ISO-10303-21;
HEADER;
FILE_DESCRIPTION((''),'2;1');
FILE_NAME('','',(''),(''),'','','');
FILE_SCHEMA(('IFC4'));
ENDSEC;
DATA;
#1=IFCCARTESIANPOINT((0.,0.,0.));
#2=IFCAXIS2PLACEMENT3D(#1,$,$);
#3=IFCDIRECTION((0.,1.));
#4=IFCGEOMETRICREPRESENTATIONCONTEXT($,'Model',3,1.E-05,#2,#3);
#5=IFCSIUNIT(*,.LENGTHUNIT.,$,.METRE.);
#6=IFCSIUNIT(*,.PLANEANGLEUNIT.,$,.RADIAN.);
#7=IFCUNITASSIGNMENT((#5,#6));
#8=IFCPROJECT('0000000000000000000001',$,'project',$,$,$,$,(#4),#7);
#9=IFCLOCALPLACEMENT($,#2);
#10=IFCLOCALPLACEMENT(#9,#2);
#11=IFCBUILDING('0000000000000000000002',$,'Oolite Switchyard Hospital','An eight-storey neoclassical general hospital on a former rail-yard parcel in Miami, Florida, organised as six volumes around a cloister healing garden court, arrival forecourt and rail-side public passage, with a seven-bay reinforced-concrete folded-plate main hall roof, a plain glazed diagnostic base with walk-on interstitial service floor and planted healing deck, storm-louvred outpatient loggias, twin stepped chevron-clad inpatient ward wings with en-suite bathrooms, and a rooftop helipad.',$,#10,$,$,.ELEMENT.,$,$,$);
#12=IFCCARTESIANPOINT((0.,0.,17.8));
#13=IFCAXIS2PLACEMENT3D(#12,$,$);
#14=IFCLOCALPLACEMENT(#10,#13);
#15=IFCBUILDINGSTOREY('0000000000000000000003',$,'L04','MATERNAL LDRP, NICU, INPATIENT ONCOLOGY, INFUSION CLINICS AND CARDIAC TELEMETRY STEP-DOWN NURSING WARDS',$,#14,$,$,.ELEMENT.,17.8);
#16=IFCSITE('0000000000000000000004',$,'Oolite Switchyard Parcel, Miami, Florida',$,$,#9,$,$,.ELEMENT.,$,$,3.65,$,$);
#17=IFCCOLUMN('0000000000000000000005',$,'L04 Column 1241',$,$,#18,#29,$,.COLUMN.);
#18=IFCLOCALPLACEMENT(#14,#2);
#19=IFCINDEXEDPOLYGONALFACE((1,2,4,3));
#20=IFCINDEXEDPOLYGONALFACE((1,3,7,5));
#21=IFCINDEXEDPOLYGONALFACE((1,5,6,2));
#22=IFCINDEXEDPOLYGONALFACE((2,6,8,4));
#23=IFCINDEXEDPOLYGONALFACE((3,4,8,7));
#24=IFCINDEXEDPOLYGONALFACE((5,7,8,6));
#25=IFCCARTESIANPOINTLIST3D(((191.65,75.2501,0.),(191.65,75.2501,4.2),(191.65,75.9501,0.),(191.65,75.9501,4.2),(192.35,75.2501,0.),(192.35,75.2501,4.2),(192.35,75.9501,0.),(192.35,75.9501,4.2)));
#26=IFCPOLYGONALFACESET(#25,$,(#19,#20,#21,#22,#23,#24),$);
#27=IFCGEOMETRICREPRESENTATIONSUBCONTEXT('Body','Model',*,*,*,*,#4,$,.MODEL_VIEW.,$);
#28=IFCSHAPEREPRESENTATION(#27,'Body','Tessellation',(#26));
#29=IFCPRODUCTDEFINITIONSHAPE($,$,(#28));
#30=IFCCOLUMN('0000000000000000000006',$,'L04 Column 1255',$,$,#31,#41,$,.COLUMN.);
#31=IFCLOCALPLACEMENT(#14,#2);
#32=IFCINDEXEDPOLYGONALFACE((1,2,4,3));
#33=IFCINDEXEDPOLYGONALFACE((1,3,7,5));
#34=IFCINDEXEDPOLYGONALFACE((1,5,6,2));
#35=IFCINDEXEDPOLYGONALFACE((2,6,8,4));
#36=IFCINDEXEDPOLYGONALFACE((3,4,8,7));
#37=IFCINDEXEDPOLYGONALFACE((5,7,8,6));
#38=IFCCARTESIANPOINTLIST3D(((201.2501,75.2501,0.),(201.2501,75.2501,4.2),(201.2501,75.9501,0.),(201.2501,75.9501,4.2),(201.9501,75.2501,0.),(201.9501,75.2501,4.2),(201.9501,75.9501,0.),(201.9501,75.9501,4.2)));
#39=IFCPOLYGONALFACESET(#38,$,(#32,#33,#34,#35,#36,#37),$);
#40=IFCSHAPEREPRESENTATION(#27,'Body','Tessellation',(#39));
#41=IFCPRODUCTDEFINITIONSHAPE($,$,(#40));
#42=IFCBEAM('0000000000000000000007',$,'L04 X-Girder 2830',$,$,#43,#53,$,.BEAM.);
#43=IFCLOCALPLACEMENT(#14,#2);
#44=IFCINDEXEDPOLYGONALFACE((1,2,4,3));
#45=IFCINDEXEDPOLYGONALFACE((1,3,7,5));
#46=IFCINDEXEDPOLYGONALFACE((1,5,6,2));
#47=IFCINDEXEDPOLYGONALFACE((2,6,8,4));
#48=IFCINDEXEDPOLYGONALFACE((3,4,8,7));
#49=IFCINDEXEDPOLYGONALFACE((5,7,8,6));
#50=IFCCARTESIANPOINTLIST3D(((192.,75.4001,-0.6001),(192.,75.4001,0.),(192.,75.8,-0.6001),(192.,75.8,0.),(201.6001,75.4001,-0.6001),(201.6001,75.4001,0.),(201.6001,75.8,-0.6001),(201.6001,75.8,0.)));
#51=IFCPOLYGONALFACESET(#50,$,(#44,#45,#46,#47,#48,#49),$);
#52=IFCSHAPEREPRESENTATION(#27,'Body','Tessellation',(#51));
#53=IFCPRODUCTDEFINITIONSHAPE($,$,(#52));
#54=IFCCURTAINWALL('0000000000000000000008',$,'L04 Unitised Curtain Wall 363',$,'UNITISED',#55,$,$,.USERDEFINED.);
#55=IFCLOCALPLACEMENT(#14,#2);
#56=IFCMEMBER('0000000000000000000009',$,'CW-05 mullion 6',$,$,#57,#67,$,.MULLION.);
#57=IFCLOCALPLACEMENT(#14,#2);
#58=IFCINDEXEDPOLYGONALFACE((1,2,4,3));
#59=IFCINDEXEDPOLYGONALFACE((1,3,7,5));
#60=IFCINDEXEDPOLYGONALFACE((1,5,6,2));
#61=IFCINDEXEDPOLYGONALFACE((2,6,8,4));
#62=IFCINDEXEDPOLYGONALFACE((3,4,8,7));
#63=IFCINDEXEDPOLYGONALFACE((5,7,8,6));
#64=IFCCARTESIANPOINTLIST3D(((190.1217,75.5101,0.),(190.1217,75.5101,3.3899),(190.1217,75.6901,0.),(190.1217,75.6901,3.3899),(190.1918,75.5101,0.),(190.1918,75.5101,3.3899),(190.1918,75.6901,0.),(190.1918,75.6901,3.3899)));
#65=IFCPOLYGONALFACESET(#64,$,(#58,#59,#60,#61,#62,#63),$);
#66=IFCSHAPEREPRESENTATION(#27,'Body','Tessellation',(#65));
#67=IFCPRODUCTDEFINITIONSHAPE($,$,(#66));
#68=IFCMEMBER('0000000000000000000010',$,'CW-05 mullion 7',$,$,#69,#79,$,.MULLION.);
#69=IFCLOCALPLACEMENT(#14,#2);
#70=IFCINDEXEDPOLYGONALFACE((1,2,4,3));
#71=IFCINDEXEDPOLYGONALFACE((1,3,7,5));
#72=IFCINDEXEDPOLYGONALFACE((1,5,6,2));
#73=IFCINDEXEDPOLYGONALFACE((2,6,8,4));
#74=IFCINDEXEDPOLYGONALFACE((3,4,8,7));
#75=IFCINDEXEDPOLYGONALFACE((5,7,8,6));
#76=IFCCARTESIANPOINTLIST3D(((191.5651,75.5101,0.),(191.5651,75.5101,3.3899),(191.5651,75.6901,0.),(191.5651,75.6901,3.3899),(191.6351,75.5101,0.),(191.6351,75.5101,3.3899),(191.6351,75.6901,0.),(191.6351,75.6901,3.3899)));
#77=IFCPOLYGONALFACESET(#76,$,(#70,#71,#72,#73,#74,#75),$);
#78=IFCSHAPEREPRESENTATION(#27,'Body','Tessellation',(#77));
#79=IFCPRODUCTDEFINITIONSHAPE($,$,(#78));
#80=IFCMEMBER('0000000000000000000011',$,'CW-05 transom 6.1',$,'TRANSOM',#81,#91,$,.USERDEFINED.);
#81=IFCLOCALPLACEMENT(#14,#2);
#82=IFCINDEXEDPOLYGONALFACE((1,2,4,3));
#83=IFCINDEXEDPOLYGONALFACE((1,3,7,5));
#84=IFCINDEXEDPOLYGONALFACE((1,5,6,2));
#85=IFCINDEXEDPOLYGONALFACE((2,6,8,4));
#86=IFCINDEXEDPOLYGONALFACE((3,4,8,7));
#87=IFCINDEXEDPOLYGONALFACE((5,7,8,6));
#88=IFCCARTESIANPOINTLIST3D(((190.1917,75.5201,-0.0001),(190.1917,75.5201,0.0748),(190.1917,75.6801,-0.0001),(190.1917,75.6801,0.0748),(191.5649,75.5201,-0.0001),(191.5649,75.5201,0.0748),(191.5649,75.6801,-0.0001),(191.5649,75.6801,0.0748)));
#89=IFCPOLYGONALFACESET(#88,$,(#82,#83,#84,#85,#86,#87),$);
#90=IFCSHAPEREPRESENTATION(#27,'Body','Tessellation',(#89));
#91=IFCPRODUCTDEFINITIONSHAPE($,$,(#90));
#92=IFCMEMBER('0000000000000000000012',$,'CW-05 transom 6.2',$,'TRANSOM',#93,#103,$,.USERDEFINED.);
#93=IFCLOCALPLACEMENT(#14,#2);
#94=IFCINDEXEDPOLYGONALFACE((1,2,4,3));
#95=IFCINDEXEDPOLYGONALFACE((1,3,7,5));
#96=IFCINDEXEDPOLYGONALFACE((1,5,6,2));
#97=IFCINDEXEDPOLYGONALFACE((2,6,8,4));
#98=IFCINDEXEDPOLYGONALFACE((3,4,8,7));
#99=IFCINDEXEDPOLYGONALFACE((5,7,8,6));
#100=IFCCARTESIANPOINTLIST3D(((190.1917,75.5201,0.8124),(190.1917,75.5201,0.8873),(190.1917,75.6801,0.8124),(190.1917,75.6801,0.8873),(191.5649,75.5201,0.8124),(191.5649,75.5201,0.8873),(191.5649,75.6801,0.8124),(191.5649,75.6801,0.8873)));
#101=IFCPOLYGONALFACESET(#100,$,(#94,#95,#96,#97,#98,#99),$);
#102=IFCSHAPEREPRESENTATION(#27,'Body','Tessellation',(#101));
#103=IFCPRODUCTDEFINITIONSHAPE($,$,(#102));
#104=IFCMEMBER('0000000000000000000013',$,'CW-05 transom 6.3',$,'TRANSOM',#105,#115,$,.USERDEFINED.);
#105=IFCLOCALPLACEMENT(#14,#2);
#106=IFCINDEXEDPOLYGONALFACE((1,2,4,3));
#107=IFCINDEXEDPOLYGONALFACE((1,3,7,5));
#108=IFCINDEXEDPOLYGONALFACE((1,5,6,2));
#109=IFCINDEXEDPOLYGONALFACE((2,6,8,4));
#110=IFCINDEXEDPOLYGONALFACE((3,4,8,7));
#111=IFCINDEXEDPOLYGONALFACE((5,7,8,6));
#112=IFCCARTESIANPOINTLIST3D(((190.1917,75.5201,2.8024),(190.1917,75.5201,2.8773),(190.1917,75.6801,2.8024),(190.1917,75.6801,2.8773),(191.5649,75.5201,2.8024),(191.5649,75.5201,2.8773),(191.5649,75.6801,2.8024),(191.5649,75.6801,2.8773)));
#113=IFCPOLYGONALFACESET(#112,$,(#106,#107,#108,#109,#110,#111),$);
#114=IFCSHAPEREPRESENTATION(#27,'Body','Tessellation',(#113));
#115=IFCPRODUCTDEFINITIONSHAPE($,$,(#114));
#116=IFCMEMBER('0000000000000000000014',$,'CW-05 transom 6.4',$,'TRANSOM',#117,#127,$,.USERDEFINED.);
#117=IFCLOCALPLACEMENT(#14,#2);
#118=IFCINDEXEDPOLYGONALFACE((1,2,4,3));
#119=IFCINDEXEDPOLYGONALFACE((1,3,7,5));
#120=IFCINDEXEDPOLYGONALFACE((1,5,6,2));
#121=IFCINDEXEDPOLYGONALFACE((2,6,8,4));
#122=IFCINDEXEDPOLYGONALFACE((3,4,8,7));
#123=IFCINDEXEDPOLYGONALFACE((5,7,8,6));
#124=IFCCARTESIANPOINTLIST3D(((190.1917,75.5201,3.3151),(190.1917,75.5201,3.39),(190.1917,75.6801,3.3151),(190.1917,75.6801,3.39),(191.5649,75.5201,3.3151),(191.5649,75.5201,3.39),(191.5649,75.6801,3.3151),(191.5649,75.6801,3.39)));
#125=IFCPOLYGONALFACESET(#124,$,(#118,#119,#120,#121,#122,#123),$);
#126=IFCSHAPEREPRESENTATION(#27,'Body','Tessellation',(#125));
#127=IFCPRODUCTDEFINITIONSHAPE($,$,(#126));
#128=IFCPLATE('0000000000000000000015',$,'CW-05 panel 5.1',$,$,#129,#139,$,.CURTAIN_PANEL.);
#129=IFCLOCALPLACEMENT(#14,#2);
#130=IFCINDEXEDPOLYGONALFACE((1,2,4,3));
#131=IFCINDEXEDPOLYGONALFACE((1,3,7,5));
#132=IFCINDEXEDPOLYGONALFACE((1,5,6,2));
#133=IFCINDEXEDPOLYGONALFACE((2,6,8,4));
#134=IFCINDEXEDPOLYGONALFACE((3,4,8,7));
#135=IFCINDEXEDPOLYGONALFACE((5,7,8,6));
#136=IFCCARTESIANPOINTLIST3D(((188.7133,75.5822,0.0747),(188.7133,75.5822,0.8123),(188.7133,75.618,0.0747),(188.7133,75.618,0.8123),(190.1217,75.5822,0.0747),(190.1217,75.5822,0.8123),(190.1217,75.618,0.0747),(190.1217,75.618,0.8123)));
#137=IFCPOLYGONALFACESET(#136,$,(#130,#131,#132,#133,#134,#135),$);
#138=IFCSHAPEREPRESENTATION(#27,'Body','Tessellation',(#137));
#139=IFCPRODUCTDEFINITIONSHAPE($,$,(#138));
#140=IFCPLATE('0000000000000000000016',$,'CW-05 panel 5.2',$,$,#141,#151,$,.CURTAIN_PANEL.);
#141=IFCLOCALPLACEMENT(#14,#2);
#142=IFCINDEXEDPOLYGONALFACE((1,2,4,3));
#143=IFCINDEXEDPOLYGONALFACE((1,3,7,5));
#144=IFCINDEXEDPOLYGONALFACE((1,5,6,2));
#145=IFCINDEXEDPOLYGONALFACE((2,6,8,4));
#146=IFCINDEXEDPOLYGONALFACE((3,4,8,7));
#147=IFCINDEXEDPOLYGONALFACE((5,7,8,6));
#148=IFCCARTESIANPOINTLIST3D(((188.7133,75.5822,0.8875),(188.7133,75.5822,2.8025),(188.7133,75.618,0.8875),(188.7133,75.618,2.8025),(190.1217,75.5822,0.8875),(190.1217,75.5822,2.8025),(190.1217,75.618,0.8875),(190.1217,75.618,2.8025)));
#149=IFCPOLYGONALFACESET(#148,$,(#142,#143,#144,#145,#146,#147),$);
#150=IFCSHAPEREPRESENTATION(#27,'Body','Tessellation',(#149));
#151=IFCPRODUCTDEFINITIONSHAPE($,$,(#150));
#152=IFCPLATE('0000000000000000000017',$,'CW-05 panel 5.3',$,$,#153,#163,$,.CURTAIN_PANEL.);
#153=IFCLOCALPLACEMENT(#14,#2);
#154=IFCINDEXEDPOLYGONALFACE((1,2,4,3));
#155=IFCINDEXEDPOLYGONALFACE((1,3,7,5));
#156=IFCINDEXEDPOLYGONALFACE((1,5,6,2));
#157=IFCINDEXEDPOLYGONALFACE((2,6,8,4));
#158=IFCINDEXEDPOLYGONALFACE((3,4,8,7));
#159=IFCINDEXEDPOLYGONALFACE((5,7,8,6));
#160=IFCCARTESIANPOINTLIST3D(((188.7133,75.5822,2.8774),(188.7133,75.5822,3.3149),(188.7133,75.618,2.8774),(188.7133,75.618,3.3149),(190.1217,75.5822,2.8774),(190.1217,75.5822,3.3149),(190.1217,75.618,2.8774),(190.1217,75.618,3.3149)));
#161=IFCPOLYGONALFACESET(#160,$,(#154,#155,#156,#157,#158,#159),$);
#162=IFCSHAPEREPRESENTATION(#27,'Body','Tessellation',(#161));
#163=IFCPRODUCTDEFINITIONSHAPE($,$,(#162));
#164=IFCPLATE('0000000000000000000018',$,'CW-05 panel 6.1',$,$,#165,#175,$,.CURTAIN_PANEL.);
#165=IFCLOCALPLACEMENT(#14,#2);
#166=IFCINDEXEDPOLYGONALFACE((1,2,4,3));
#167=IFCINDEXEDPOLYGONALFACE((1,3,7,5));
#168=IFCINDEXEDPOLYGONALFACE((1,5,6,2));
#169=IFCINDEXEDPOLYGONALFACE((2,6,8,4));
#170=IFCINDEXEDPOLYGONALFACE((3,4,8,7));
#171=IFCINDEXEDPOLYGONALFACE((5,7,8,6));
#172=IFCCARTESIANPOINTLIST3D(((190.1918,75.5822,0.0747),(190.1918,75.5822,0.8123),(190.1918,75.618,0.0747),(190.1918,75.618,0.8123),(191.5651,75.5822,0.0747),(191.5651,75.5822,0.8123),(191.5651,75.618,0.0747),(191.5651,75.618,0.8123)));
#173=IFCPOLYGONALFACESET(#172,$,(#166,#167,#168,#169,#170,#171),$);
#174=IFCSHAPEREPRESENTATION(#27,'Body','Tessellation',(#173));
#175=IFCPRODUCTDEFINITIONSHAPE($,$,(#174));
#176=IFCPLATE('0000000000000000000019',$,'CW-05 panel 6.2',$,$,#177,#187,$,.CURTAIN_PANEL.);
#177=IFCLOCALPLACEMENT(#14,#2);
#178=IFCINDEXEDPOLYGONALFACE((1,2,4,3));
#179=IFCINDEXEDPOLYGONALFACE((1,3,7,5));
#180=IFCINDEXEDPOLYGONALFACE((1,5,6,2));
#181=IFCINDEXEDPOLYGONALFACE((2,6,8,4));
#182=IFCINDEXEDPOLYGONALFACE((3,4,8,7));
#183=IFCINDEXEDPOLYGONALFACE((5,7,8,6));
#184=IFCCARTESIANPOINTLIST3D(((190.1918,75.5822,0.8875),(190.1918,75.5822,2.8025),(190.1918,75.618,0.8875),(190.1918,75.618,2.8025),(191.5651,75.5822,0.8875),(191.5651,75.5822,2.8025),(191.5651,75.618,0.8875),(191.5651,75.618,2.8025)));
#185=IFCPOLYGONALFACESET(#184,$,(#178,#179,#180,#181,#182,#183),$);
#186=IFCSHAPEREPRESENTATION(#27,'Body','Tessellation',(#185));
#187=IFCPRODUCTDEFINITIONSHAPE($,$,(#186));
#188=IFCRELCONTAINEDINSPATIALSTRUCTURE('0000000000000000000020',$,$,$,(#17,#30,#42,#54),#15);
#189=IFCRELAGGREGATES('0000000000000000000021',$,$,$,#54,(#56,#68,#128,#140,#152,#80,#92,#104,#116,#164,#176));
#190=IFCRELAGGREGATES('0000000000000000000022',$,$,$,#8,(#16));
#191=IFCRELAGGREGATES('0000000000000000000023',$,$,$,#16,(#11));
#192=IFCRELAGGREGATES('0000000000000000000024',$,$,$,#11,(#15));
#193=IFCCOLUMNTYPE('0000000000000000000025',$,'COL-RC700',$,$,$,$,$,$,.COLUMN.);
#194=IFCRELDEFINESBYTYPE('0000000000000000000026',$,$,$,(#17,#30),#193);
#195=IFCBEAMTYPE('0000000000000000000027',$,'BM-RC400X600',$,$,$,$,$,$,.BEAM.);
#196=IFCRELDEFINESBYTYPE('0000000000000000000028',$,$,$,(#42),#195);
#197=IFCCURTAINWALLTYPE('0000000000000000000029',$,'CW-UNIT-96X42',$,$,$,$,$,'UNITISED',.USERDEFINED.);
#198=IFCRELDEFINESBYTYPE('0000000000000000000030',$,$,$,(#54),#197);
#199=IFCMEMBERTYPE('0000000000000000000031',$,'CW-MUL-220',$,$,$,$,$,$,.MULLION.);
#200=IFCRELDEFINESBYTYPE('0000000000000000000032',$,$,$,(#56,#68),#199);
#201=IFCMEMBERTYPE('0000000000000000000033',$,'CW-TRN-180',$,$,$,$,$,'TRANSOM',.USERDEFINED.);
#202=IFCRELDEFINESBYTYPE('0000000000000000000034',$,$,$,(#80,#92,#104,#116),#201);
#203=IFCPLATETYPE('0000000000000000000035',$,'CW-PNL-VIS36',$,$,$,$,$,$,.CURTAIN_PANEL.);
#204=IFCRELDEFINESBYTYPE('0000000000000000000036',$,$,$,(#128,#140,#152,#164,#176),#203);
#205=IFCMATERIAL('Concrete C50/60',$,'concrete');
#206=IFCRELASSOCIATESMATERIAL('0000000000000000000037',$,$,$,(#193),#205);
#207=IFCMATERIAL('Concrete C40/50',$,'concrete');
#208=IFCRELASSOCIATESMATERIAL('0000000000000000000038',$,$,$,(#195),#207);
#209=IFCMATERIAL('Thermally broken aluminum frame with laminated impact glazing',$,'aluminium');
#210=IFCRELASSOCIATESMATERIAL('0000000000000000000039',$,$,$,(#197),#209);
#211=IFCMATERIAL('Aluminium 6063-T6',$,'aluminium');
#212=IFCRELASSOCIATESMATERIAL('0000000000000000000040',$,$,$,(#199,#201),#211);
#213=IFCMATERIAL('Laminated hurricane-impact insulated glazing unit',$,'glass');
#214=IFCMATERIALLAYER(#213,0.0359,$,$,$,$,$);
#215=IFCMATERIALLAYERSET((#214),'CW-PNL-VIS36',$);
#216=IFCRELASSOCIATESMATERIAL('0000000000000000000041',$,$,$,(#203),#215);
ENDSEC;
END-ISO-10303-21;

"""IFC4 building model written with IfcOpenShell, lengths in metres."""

from ifc_helpers import new_model, si_unit, direction, frame, origin, origin_2d, place, context, subcontext, project, spatial, rectangle, extrude, material, layer, layer_set, material_profile, profile_set, type_object, element, aggregate, save


model = new_model("IFC4")

# Units and contexts
model_context = context("Model", 3, precision=1e-05, world=origin(), true_north=direction((0.0, 1.0)))
body_context = subcontext(model_context, "Body", "Model", "MODEL_VIEW")
ifc_project = project(units=[si_unit("LENGTHUNIT", "METRE"), si_unit("PLANEANGLEUNIT", "RADIAN")], contexts=[model_context])

# Site, building, storey
site_placement = place(None, origin())
site = spatial("IfcSite", under=ifc_project, at=site_placement, Name="Oolite Switchyard Parcel, Miami, Florida", CompositionType="ELEMENT", RefElevation=3.65)
building_placement = place(site_placement, origin())
building = spatial("IfcBuilding", under=site, at=building_placement, Name="Oolite Switchyard Hospital", Description="An eight-storey neoclassical general hospital on a former rail-yard parcel in Miami, Florida, organised as six volumes around a cloister healing garden court, arrival forecourt and rail-side public passage, with a seven-bay reinforced-concrete folded-plate main hall roof, a plain glazed diagnostic base with walk-on interstitial service floor and planted healing deck, storm-louvred outpatient loggias, twin stepped chevron-clad inpatient ward wings with en-suite bathrooms, and a rooftop helipad.", CompositionType="ELEMENT")
storey_placement = place(building_placement, frame((0.0, 0.0, 17.8)))
storey = spatial("IfcBuildingStorey", under=building, at=storey_placement, Name="L04", Description="MATERNAL LDRP, NICU, INPATIENT ONCOLOGY, INFUSION CLINICS AND CARDIAC TELEMETRY STEP-DOWN NURSING WARDS", CompositionType="ELEMENT", Elevation=17.8)

# Columns
ifc_material_1 = material(Name="Concrete C50/60", Category="concrete")
ifc_material_profile_1 = material_profile(ifc_material_1, rectangle(XDim=0.7, YDim=0.7, at=origin_2d()), Name="RC700X700")
ifc_profile_set_1 = profile_set([ifc_material_profile_1], Name="Concrete C50/60")
column_type = type_object("IfcColumnType", Name="COL-RC700", PredefinedType="COLUMN", material=ifc_profile_set_1)
for number, where, z_axis, x_axis, name in (
    (1, (192.0, 75.6001, 0.0), (0.0, 0.0, 1.0), (1.0, 0.0, 0.0), "L04 Column 1241"),
    (2, (201.6001, 75.6001, 0.0), (0.0, 0.0, 1.0), (1.0, 0.0, 0.0), "L04 Column 1255"),
):
    element("IfcColumn", number, at=place(storey_placement, frame(where, z_axis=z_axis, x_axis=x_axis)), inside=storey, type_object=column_type, Name=name, PredefinedType="COLUMN", context=body_context, shape_type="SweptSolid", body=[
        extrude(rectangle(XDim=0.7, YDim=0.7, at=origin_2d()), origin(), (0.0, 0.0, 1.0), 4.2),
    ])

# Beam
ifc_material_2 = material(Name="Concrete C40/50", Category="concrete")
ifc_material_profile_2 = material_profile(ifc_material_2, rectangle(XDim=0.3999, YDim=0.6001, at=origin_2d()), Name="RCB400X600")
ifc_profile_set_2 = profile_set([ifc_material_profile_2], Name="Concrete C40/50")
beam_type = type_object("IfcBeamType", Name="BM-RC400X600", PredefinedType="BEAM", material=ifc_profile_set_2)
beam_placement = place(storey_placement, frame((192.0, 75.6001, -0.3), z_axis=(1.0, 0.0, 0.0), x_axis=(0.0, 1.0, 0.0)))
element("IfcBeam", 3, at=beam_placement, inside=storey, type_object=beam_type, Name="L04 X-Girder 2830", PredefinedType="BEAM", context=body_context, shape_type="SweptSolid", body=[
    extrude(rectangle(XDim=0.3999, YDim=0.6001, at=origin_2d()), origin(), (0.0, 0.0, 1.0), 9.6001),
])

# Curtain wall, members, plates
ifc_material_3 = material(Name="Thermally broken aluminum frame with laminated impact glazing", Category="aluminium")
curtain_wall_type = type_object("IfcCurtainWallType", Name="CW-UNIT-96X42", ElementType="UNITISED", PredefinedType="USERDEFINED", material=ifc_material_3)
curtain_wall_placement = place(storey_placement, origin())
curtain_wall = element("IfcCurtainWall", 4, at=curtain_wall_placement, inside=storey, type_object=curtain_wall_type, Name="L04 Unitised Curtain Wall 363", ObjectType="UNITISED", PredefinedType="USERDEFINED")
ifc_material_4 = material(Name="Aluminium 6063-T6", Category="aluminium")
ifc_material_profile_3 = material_profile(ifc_material_4, rectangle(XDim=0.1799, YDim=0.0701, at=origin_2d()), Name="CWM70X180")
ifc_profile_set_3 = profile_set([ifc_material_profile_3], Name="Aluminium 6063-T6")
member_type_1 = type_object("IfcMemberType", Name="CW-MUL-220", PredefinedType="MULLION", material=ifc_profile_set_3)
member_1_placement = place(storey_placement, frame((190.1567, 75.6001, 0.0), z_axis=(0.0, 0.0, 1.0), x_axis=(0.0, 1.0, 0.0)))
member_1 = element("IfcMember", 5, at=member_1_placement, type_object=member_type_1, Name="CW-05 mullion 6", PredefinedType="MULLION", context=body_context, shape_type="SweptSolid", body=[
    extrude(rectangle(XDim=0.1799, YDim=0.0701, at=origin_2d()), origin(), (0.0, 0.0, 1.0), 3.3899),
])
member_2_placement = place(storey_placement, frame((191.6001, 75.6001, 0.0), z_axis=(0.0, 0.0, 1.0), x_axis=(0.0, 1.0, 0.0)))
member_2 = element("IfcMember", 6, at=member_2_placement, type_object=member_type_1, Name="CW-05 mullion 7", PredefinedType="MULLION", context=body_context, shape_type="SweptSolid", body=[
    extrude(rectangle(XDim=0.1799, YDim=0.0701, at=origin_2d()), origin(), (0.0, 0.0, 1.0), 3.3899),
])
ifc_material_profile_4 = material_profile(ifc_material_4, rectangle(XDim=0.1599, YDim=0.075, at=origin_2d()), Name="CWT75X160")
ifc_profile_set_4 = profile_set([ifc_material_profile_4], Name="Aluminium 6063-T6")
member_type_2 = type_object("IfcMemberType", Name="CW-TRN-180", ElementType="TRANSOM", PredefinedType="USERDEFINED", material=ifc_profile_set_4)
member_3_placement = place(storey_placement, frame((190.1917, 75.6001, 0.0374), z_axis=(1.0, 0.0, 0.0), x_axis=(0.0, 1.0, 0.0)))
member_3 = element("IfcMember", 7, at=member_3_placement, type_object=member_type_2, Name="CW-05 transom 6.1", ObjectType="TRANSOM", PredefinedType="USERDEFINED", context=body_context, shape_type="SweptSolid", body=[
    extrude(rectangle(XDim=0.1599, YDim=0.075, at=origin_2d()), origin(), (0.0, 0.0, 1.0), 1.3733),
])
member_4_placement = place(storey_placement, frame((190.1917, 75.6001, 0.8499), z_axis=(1.0, 0.0, 0.0), x_axis=(0.0, 1.0, 0.0)))
member_4 = element("IfcMember", 8, at=member_4_placement, type_object=member_type_2, Name="CW-05 transom 6.2", ObjectType="TRANSOM", PredefinedType="USERDEFINED", context=body_context, shape_type="SweptSolid", body=[
    extrude(rectangle(XDim=0.1599, YDim=0.075, at=origin_2d()), origin(), (0.0, 0.0, 1.0), 1.3733),
])
member_5_placement = place(storey_placement, frame((190.1917, 75.6001, 2.8398), z_axis=(1.0, 0.0, 0.0), x_axis=(0.0, 1.0, 0.0)))
member_5 = element("IfcMember", 9, at=member_5_placement, type_object=member_type_2, Name="CW-05 transom 6.3", ObjectType="TRANSOM", PredefinedType="USERDEFINED", context=body_context, shape_type="SweptSolid", body=[
    extrude(rectangle(XDim=0.1599, YDim=0.075, at=origin_2d()), origin(), (0.0, 0.0, 1.0), 1.3733),
])
member_6_placement = place(storey_placement, frame((190.1917, 75.6001, 3.3525), z_axis=(1.0, 0.0, 0.0), x_axis=(0.0, 1.0, 0.0)))
member_6 = element("IfcMember", 10, at=member_6_placement, type_object=member_type_2, Name="CW-05 transom 6.4", ObjectType="TRANSOM", PredefinedType="USERDEFINED", context=body_context, shape_type="SweptSolid", body=[
    extrude(rectangle(XDim=0.1599, YDim=0.075, at=origin_2d()), origin(), (0.0, 0.0, 1.0), 1.3733),
])
ifc_material_5 = material(Name="Laminated hurricane-impact insulated glazing unit", Category="glass")
ifc_layer_1 = layer(ifc_material_5, 0.0359)
ifc_layer_set_1 = layer_set([ifc_layer_1], Name="CW-PNL-VIS36")
plate_type = type_object("IfcPlateType", Name="CW-PNL-VIS36", PredefinedType="CURTAIN_PANEL", material=ifc_layer_set_1)
plate_1_placement = place(storey_placement, frame((189.4175, 75.6001, 0.0747), z_axis=(0.0, 0.0, 1.0), x_axis=(1.0, 0.0, 0.0)))
plate_1 = element("IfcPlate", 11, at=plate_1_placement, type_object=plate_type, Name="CW-05 panel 5.1", PredefinedType="CURTAIN_PANEL", context=body_context, shape_type="SweptSolid", body=[
    extrude(rectangle(XDim=1.4084, YDim=0.0359, at=origin_2d()), origin(), (0.0, 0.0, 1.0), 0.7375),
])
plate_2_placement = place(storey_placement, frame((189.4175, 75.6001, 0.8875), z_axis=(0.0, 0.0, 1.0), x_axis=(1.0, 0.0, 0.0)))
plate_2 = element("IfcPlate", 12, at=plate_2_placement, type_object=plate_type, Name="CW-05 panel 5.2", PredefinedType="CURTAIN_PANEL", context=body_context, shape_type="SweptSolid", body=[
    extrude(rectangle(XDim=1.4084, YDim=0.0359, at=origin_2d()), origin(), (0.0, 0.0, 1.0), 1.915),
])
plate_3_placement = place(storey_placement, frame((189.4175, 75.6001, 2.8774), z_axis=(0.0, 0.0, 1.0), x_axis=(1.0, 0.0, 0.0)))
plate_3 = element("IfcPlate", 13, at=plate_3_placement, type_object=plate_type, Name="CW-05 panel 5.3", PredefinedType="CURTAIN_PANEL", context=body_context, shape_type="SweptSolid", body=[
    extrude(rectangle(XDim=1.4084, YDim=0.0359, at=origin_2d()), origin(), (0.0, 0.0, 1.0), 0.4375),
])
plate_4_placement = place(storey_placement, frame((190.8784, 75.6001, 0.0747), z_axis=(0.0, 0.0, 1.0), x_axis=(1.0, 0.0, 0.0)))
plate_4 = element("IfcPlate", 14, at=plate_4_placement, type_object=plate_type, Name="CW-05 panel 6.1", PredefinedType="CURTAIN_PANEL", context=body_context, shape_type="SweptSolid", body=[
    extrude(rectangle(XDim=1.3733, YDim=0.0359, at=origin_2d()), origin(), (0.0, 0.0, 1.0), 0.7375),
])
plate_5_placement = place(storey_placement, frame((190.8784, 75.6001, 0.8875), z_axis=(0.0, 0.0, 1.0), x_axis=(1.0, 0.0, 0.0)))
plate_5 = element("IfcPlate", 15, at=plate_5_placement, type_object=plate_type, Name="CW-05 panel 6.2", PredefinedType="CURTAIN_PANEL", context=body_context, shape_type="SweptSolid", body=[
    extrude(rectangle(XDim=1.3733, YDim=0.0359, at=origin_2d()), origin(), (0.0, 0.0, 1.0), 1.915),
])
aggregate(curtain_wall, [member_1, member_2, plate_1, plate_2, plate_3, member_3, member_4, member_5, member_6, plate_4, plate_5])

save(model, "model.ifc")
